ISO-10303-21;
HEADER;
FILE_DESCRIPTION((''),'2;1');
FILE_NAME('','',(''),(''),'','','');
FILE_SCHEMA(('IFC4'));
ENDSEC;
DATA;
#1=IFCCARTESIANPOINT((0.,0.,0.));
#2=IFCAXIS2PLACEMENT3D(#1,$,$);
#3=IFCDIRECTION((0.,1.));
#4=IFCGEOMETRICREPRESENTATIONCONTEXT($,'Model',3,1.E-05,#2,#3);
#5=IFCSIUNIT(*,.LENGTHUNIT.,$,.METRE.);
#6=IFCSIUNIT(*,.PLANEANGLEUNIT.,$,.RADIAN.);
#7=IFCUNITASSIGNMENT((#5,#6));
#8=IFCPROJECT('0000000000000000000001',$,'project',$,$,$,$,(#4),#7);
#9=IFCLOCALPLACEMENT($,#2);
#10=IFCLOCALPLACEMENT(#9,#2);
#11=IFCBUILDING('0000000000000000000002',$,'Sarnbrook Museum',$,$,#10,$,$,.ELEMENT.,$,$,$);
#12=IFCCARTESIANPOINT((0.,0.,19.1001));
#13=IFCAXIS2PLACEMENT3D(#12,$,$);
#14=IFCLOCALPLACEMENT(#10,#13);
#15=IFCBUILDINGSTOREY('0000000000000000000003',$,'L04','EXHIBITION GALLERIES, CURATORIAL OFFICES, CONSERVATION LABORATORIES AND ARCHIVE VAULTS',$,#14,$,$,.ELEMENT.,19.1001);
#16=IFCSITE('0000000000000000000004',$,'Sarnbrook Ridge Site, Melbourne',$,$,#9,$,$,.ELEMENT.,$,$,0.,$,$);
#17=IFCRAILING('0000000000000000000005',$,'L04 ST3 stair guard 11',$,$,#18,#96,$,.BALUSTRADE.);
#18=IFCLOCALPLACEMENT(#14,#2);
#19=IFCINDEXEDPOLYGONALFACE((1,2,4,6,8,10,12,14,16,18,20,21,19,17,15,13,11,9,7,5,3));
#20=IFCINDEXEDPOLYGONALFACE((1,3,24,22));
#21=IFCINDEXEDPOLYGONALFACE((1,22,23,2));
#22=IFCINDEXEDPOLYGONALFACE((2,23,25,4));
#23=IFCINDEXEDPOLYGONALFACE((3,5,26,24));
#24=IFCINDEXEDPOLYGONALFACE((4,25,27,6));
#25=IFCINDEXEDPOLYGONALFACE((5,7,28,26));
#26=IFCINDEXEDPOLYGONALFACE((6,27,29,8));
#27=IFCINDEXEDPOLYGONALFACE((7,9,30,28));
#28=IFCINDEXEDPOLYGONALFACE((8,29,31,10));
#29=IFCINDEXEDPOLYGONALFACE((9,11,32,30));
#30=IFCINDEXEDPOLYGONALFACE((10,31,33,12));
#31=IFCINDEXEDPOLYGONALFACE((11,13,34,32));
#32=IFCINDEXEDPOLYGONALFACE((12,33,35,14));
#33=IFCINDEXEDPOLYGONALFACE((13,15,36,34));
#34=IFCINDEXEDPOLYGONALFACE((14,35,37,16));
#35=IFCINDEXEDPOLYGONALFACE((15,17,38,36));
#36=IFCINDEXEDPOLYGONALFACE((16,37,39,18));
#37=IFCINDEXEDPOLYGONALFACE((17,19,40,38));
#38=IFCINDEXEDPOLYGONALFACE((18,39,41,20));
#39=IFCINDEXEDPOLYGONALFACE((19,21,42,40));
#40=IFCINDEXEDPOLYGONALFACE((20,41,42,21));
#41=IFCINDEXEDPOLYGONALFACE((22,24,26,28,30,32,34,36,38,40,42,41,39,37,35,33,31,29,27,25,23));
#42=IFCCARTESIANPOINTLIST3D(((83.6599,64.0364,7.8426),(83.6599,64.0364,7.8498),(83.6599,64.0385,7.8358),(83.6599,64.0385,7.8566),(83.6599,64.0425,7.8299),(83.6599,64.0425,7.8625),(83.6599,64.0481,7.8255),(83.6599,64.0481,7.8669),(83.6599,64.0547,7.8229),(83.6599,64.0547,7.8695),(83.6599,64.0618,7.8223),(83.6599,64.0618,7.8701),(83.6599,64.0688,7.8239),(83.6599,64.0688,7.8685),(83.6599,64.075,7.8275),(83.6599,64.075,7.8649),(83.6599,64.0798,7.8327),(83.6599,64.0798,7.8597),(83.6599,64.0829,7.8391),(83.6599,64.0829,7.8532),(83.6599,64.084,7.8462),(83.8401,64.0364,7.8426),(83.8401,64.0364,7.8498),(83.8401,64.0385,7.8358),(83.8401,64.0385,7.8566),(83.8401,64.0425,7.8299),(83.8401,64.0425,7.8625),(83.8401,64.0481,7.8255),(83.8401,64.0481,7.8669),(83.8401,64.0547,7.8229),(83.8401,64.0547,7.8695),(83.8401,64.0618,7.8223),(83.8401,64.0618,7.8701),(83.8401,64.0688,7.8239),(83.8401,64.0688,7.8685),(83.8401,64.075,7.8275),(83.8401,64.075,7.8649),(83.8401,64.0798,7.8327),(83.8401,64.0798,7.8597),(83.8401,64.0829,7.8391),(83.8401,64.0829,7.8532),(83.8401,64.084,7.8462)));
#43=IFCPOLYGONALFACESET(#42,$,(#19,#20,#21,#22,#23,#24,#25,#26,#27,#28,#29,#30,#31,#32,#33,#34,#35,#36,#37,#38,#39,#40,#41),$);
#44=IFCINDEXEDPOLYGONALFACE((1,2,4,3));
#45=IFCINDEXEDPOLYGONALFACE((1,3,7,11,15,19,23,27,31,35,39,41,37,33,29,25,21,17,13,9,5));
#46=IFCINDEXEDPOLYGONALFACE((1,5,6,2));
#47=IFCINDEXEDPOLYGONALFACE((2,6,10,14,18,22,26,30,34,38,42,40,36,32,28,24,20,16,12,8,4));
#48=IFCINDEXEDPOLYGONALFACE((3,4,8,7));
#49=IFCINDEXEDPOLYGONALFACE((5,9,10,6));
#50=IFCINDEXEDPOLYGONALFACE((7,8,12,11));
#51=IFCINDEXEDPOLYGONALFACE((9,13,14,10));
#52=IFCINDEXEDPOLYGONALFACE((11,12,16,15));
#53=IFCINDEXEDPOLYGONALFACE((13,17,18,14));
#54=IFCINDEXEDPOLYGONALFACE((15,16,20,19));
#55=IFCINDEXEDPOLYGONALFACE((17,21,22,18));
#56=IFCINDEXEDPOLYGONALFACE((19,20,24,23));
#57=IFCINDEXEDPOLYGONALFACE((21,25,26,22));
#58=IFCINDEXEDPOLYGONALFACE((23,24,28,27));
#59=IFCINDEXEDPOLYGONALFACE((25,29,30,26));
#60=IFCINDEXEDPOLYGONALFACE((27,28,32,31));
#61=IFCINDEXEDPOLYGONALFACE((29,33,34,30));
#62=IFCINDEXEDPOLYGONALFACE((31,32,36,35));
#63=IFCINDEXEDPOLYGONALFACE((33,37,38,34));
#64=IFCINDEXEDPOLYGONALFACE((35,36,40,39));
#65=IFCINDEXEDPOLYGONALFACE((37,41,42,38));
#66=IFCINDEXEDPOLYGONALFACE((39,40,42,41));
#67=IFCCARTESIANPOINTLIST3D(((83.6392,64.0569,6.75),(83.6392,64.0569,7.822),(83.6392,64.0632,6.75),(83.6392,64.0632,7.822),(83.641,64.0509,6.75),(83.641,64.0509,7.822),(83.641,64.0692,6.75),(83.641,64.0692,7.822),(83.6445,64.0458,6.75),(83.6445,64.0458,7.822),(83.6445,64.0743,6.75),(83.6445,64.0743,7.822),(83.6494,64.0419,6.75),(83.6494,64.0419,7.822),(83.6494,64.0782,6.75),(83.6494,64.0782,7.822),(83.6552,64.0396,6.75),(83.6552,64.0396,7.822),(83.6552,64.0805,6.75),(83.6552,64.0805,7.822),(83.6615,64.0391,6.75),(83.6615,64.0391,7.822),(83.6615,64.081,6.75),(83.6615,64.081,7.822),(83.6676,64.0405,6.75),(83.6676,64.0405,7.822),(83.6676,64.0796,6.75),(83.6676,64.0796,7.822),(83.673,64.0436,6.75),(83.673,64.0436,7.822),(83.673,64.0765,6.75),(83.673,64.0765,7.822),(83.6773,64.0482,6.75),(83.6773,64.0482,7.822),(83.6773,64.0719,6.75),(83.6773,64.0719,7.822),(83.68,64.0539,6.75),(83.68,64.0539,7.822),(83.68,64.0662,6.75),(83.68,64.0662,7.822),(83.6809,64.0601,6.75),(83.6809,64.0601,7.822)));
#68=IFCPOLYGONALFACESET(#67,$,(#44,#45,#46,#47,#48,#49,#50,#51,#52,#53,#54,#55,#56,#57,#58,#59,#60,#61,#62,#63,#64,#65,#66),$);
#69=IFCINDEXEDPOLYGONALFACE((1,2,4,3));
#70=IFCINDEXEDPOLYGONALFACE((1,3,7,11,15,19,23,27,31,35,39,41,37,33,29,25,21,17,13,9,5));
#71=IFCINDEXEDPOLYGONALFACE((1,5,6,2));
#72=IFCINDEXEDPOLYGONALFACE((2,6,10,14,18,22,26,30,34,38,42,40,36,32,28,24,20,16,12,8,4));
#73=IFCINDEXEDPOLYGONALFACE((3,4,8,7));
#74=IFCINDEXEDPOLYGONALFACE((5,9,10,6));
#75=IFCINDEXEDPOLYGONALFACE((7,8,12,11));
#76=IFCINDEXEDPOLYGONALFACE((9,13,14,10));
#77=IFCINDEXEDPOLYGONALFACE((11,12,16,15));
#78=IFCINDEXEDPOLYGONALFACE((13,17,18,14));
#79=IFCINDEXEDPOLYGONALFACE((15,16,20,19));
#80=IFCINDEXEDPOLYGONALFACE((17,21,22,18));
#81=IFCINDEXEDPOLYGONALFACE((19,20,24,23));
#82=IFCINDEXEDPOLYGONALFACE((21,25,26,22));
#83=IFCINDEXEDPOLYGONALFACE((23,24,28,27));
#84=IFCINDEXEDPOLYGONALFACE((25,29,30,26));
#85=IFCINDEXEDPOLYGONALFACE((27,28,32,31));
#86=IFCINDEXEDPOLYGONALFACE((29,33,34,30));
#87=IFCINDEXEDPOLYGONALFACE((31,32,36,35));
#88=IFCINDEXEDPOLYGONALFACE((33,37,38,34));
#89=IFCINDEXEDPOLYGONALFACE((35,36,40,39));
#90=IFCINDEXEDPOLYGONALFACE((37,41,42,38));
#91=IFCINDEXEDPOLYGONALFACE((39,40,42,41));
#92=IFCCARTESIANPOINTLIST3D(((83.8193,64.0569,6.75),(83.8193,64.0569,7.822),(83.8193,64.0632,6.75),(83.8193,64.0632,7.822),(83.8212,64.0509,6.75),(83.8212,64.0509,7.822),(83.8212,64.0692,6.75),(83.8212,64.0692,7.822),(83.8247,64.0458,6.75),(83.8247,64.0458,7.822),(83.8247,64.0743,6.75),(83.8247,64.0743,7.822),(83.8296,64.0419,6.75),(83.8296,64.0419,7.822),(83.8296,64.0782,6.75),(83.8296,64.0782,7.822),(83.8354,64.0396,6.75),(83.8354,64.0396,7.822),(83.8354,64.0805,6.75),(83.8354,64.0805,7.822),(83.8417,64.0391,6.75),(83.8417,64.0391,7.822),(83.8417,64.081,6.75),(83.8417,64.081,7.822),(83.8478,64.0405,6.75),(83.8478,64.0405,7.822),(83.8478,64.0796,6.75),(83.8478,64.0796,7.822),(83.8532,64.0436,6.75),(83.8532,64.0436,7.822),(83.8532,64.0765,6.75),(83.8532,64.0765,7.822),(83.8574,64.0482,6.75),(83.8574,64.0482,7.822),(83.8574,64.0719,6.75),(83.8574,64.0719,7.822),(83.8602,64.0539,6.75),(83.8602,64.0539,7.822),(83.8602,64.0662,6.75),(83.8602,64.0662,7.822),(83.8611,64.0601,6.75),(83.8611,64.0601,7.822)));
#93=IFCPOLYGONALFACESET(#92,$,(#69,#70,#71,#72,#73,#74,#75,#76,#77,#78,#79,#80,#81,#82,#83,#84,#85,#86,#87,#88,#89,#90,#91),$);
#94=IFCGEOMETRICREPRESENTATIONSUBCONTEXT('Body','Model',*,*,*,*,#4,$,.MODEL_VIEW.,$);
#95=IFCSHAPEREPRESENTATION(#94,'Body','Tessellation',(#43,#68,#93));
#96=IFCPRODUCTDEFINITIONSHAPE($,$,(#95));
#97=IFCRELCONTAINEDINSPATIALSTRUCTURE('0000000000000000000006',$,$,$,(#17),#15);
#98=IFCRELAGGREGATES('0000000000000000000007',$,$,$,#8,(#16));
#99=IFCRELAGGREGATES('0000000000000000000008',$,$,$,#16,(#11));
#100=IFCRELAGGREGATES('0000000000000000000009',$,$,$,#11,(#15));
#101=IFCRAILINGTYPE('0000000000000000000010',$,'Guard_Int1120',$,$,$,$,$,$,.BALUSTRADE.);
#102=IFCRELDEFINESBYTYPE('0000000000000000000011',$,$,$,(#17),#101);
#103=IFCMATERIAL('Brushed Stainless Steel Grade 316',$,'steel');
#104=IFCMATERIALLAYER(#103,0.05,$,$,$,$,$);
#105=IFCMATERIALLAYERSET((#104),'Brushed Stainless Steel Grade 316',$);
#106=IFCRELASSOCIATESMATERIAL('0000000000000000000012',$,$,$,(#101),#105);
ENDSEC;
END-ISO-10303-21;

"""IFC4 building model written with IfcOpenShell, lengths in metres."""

from ifc_helpers import new_model, si_unit, direction, frame, origin, origin_2d, place, context, subcontext, project, spatial, circle, extrude, material, layer, layer_set, type_object, element, save


model = new_model("IFC4")

# Units and contexts
model_context = context("Model", 3, precision=1e-05, world=origin(), true_north=direction((0.0, 1.0)))
body_context = subcontext(model_context, "Body", "Model", "MODEL_VIEW")
ifc_project = project(units=[si_unit("LENGTHUNIT", "METRE"), si_unit("PLANEANGLEUNIT", "RADIAN")], contexts=[model_context])

# Site, building, storey
site_placement = place(None, origin())
site = spatial("IfcSite", under=ifc_project, at=site_placement, Name="Sarnbrook Ridge Site, Melbourne", CompositionType="ELEMENT", RefElevation=0.0)
building_placement = place(site_placement, origin())
building = spatial("IfcBuilding", under=site, at=building_placement, Name="Sarnbrook Museum", CompositionType="ELEMENT")
storey_placement = place(building_placement, frame((0.0, 0.0, 19.1001)))
storey = spatial("IfcBuildingStorey", under=building, at=storey_placement, Name="L04", Description="EXHIBITION GALLERIES, CURATORIAL OFFICES, CONSERVATION LABORATORIES AND ARCHIVE VAULTS", CompositionType="ELEMENT", Elevation=19.1001)

# Shared definitions
ifc_material_1 = material(Name="Brushed Stainless Steel Grade 316", Category="steel")

# Railing
ifc_layer_1 = layer(ifc_material_1, 0.05)
ifc_layer_set_1 = layer_set([ifc_layer_1], Name="Brushed Stainless Steel Grade 316")
railing_type_1 = type_object("IfcRailingType", Name="Guard_Int1120", PredefinedType="BALUSTRADE", material=ifc_layer_set_1)
railing_1_placement = place(storey_placement, frame((83.6599, 64.0601, 6.75)))
element("IfcRailing", 1, at=railing_1_placement, inside=storey, type_object=railing_type_1, Name="L04 ST3 stair guard 11", PredefinedType="BALUSTRADE", context=body_context, shape_type="SweptSolid", body=[
    extrude(circle(Radius=0.0239, at=origin_2d()), frame((0.0, 0.0, 1.0962), z_axis=(1.0, 0.0, 0.0), x_axis=(0.0, 1.0, 0.0)), (0.0, 0.0, 1.0), 0.1802),
    extrude(circle(Radius=0.021, at=origin_2d()), origin(), (0.0, 0.0, 1.0), 1.072),
    extrude(circle(Radius=0.021, at=origin_2d()), frame((0.1802, 0.0, 0.0)), (0.0, 0.0, 1.0), 1.072),
])

save(model, "model.ifc")
